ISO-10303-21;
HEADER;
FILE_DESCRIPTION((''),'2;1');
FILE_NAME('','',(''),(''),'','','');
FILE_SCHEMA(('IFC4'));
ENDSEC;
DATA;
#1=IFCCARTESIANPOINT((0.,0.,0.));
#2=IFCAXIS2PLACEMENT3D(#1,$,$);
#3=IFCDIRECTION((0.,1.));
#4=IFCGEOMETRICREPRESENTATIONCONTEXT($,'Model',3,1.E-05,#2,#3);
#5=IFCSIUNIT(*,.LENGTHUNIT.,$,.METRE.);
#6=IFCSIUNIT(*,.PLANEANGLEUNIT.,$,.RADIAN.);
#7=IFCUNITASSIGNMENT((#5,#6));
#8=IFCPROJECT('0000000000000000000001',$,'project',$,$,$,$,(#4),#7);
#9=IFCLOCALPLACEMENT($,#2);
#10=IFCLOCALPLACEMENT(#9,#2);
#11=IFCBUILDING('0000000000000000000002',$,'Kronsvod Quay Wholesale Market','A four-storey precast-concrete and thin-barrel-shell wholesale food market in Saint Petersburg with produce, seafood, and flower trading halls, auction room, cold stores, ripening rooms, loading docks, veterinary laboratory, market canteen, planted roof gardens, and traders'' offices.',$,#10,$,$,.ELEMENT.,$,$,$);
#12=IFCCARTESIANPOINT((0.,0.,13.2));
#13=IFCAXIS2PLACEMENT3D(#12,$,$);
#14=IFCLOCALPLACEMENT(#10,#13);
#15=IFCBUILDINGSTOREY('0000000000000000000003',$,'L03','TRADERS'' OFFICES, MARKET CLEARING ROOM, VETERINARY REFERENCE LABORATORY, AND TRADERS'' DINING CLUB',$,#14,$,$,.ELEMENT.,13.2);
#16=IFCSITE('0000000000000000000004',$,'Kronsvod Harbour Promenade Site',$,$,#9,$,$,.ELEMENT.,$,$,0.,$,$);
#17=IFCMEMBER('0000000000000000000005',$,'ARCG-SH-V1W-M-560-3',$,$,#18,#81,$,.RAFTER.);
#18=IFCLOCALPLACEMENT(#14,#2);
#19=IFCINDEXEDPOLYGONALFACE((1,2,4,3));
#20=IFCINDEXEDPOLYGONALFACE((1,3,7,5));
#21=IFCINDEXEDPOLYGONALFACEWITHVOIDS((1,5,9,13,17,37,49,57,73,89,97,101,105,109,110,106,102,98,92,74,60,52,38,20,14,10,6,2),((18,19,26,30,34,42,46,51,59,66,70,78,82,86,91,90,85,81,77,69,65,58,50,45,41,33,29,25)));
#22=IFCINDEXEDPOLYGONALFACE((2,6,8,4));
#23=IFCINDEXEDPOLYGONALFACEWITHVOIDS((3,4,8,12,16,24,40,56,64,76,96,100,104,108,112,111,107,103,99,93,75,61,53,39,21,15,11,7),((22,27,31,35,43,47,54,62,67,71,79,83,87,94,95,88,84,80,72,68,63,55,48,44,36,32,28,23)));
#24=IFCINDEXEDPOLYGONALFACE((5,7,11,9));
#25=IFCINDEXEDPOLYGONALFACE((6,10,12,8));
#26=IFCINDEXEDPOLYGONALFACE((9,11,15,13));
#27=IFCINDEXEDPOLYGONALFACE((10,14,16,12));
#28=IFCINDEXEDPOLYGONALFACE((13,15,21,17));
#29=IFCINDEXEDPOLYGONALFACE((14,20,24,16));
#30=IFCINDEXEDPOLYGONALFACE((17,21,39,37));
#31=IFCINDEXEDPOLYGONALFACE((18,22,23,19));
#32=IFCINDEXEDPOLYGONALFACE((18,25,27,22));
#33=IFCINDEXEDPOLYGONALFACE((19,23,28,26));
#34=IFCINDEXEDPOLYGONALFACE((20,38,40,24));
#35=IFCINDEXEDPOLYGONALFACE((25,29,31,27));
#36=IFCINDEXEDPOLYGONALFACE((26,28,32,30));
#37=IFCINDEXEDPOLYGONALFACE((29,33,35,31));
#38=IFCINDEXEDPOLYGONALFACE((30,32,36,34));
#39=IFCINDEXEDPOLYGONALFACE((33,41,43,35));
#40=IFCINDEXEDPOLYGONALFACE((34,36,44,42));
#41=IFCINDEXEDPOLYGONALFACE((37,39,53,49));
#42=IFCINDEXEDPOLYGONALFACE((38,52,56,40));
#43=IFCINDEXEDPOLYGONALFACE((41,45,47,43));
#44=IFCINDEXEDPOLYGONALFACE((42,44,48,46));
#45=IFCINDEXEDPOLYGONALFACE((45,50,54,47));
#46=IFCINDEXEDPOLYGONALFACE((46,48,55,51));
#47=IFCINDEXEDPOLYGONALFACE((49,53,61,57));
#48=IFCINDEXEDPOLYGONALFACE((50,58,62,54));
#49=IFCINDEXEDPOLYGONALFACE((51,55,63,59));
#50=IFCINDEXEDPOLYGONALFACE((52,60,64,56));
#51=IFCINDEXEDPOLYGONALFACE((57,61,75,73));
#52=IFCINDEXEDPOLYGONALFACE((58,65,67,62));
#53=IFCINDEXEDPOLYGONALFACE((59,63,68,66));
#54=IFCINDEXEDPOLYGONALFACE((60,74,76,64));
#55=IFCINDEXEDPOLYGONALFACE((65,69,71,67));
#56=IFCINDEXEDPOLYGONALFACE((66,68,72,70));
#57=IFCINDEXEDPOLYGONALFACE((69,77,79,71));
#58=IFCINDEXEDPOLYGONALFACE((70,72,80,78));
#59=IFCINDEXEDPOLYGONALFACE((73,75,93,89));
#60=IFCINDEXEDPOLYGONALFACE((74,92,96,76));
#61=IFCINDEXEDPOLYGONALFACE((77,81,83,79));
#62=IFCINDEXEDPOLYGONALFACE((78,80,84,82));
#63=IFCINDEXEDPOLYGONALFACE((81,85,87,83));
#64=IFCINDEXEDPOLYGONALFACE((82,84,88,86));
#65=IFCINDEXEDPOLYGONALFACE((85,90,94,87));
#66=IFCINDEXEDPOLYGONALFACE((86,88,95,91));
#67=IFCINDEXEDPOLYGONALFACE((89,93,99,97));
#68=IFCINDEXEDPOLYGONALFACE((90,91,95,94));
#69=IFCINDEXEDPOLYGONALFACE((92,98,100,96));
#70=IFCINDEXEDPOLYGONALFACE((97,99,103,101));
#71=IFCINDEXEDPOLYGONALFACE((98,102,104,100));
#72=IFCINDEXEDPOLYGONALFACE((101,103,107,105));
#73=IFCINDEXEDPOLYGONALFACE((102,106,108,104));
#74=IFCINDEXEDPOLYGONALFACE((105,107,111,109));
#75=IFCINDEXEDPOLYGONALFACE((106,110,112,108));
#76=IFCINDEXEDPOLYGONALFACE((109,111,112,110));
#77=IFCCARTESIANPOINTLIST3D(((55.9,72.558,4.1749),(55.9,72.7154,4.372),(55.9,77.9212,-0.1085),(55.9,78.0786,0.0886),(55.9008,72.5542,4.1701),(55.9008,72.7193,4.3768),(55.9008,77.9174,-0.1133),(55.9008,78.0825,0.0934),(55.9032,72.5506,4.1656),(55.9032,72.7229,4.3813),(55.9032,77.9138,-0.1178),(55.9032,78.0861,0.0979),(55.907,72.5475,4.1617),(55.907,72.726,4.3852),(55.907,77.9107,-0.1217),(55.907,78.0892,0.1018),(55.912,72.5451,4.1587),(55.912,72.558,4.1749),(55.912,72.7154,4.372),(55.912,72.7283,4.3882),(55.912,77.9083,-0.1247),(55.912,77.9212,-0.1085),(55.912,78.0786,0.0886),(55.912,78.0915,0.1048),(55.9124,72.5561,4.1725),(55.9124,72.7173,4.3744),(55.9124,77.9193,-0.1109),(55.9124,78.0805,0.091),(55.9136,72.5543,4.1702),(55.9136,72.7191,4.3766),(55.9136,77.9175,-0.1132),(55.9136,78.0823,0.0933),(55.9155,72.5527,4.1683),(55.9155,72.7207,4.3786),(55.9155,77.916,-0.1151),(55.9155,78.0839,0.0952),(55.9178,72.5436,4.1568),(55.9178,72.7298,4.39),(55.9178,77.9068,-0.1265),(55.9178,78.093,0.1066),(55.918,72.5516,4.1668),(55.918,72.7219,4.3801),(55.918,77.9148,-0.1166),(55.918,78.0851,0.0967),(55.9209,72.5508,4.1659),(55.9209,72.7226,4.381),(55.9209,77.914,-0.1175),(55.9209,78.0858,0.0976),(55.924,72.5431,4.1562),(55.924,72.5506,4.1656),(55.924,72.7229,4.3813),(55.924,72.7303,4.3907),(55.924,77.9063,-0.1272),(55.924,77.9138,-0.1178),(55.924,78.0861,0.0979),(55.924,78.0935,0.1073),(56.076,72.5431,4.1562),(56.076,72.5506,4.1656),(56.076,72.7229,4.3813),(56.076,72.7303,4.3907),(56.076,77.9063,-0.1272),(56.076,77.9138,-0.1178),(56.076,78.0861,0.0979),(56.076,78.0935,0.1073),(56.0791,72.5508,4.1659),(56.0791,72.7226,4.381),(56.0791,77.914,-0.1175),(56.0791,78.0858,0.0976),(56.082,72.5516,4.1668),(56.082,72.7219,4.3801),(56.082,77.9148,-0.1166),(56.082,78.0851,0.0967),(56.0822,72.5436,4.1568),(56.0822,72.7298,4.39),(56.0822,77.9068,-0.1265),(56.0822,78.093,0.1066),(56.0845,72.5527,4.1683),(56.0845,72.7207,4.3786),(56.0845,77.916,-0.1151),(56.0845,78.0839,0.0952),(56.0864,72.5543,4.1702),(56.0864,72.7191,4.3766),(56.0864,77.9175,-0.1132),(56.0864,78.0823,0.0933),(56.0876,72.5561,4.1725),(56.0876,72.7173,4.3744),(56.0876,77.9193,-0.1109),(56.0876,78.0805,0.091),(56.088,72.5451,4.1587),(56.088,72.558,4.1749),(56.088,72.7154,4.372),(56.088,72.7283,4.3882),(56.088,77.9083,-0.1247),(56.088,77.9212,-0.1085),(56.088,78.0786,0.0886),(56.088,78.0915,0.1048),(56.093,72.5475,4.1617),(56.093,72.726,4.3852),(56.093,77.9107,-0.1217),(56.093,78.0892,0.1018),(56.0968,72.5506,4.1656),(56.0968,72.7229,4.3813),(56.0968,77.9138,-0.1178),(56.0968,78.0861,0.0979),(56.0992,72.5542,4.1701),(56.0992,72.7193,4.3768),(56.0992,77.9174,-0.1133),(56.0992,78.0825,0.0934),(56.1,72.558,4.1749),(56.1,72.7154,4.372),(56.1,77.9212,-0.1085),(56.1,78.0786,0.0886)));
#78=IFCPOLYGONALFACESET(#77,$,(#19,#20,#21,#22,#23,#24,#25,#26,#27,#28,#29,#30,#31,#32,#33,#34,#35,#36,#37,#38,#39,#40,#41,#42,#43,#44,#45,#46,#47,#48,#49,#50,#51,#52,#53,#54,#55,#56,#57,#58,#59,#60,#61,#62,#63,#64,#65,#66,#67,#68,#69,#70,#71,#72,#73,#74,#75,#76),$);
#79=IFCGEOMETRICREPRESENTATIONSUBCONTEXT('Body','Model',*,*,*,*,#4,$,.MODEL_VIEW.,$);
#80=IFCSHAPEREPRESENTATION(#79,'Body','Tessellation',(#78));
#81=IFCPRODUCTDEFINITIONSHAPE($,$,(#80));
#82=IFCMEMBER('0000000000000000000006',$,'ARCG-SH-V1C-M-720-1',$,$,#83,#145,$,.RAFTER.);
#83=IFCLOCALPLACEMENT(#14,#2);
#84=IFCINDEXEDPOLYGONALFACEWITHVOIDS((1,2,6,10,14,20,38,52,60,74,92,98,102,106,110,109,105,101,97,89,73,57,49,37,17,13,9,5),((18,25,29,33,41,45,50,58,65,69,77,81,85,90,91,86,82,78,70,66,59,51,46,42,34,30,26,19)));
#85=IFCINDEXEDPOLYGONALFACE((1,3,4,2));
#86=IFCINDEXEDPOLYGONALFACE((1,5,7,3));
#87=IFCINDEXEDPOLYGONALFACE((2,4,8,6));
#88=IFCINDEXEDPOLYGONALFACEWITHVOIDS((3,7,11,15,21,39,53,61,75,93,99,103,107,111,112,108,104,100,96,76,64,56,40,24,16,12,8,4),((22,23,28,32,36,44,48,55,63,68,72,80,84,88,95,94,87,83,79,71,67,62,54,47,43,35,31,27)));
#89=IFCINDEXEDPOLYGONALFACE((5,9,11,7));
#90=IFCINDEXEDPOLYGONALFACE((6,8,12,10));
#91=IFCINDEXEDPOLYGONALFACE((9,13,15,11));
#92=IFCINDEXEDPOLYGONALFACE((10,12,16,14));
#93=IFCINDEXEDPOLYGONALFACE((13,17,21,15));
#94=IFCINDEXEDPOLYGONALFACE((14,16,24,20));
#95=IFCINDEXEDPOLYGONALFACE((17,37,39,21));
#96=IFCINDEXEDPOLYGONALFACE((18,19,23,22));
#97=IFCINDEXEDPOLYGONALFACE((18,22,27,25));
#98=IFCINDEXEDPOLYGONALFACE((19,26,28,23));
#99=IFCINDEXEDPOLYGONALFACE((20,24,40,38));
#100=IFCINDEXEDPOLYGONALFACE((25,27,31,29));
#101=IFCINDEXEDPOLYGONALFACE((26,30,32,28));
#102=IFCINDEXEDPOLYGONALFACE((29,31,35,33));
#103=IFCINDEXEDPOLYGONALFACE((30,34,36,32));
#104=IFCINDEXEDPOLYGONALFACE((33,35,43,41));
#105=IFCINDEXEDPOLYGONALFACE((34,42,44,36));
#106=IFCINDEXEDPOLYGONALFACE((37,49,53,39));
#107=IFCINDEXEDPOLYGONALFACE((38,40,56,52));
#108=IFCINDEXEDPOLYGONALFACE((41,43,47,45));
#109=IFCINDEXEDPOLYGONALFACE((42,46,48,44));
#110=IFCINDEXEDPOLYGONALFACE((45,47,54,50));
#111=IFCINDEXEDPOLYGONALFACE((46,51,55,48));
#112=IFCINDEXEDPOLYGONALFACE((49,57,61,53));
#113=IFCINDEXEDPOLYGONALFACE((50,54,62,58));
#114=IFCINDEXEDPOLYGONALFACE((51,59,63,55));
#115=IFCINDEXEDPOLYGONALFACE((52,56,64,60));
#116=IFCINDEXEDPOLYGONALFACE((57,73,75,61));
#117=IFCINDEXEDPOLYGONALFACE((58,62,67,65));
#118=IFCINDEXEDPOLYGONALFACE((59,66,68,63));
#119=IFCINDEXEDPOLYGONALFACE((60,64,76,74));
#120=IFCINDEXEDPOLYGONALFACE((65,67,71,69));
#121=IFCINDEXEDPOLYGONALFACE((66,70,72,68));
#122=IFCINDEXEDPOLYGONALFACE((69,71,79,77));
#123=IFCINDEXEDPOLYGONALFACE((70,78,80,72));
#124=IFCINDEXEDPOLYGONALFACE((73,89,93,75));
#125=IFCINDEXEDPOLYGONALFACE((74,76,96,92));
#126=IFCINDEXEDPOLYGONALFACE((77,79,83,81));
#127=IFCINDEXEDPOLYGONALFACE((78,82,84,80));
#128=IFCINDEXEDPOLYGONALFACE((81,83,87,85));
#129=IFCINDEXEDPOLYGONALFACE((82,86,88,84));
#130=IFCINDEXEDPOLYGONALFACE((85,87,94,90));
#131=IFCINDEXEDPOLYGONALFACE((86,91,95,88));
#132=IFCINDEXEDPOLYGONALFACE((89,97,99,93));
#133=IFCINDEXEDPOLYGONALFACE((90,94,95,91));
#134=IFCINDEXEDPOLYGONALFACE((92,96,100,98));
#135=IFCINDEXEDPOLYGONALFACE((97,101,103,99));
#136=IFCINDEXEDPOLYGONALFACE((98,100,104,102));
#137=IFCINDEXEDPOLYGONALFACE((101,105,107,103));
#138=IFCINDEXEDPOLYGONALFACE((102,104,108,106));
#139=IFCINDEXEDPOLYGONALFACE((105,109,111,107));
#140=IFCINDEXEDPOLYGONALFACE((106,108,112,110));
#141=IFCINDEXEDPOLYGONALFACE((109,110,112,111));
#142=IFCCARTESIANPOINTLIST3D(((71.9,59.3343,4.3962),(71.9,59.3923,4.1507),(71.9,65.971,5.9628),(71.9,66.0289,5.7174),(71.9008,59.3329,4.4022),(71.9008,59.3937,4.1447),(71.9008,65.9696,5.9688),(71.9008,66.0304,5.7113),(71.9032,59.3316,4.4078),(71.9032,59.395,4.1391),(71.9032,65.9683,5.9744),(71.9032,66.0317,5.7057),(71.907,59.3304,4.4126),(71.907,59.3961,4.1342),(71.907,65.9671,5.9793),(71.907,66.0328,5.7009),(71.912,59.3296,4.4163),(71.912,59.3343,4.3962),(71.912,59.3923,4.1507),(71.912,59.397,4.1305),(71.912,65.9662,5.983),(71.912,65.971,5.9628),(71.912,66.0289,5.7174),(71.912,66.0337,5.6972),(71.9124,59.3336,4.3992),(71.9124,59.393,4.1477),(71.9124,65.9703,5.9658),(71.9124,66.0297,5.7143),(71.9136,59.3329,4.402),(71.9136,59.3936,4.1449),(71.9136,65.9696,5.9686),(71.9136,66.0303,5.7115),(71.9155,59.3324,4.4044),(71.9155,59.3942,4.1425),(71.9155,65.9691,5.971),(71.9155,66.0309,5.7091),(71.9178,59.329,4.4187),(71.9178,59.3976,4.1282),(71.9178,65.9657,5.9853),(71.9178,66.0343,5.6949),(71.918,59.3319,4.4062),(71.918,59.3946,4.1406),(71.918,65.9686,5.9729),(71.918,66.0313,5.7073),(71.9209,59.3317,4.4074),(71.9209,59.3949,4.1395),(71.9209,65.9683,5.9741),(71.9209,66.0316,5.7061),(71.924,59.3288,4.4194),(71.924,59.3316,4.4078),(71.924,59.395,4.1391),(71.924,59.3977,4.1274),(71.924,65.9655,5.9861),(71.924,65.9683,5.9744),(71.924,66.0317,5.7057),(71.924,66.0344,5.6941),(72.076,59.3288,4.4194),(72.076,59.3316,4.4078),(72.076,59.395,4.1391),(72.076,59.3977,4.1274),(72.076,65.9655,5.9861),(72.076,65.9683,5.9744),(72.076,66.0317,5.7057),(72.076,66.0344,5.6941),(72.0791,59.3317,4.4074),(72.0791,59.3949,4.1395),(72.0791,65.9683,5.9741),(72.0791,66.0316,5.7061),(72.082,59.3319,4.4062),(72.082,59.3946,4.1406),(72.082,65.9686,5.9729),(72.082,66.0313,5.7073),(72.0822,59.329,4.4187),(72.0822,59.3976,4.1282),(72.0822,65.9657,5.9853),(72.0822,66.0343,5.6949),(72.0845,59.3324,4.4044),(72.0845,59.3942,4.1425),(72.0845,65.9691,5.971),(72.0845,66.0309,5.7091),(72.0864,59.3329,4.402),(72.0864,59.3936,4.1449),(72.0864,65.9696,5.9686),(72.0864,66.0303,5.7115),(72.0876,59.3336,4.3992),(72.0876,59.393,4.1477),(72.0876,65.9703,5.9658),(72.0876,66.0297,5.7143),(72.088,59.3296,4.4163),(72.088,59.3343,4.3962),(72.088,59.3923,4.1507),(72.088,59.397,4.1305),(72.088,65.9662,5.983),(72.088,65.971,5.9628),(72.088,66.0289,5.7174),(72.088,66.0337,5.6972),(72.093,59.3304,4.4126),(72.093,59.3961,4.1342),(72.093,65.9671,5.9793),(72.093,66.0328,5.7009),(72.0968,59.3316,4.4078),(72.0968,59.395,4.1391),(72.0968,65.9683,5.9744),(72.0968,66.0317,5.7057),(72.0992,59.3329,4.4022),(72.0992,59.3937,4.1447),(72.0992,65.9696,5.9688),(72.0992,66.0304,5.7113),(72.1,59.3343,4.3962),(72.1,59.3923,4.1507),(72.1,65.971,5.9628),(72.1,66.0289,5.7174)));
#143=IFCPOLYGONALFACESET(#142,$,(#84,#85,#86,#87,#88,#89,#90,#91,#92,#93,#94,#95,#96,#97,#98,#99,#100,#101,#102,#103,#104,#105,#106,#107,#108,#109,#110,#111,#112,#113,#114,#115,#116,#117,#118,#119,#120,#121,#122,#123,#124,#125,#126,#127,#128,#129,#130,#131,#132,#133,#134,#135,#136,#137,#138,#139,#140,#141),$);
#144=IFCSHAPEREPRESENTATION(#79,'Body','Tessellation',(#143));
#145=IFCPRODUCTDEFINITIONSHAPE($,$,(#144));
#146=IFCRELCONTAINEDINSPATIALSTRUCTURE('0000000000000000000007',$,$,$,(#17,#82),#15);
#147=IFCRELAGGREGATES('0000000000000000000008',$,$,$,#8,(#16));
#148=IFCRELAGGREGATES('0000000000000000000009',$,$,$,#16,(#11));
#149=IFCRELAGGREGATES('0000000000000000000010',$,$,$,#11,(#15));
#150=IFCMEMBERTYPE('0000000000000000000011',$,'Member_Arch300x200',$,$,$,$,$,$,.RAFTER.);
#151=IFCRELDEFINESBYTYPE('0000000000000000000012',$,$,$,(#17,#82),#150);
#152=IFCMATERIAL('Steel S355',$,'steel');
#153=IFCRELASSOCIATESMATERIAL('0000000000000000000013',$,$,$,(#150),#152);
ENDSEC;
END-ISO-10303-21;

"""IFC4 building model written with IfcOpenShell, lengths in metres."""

from ifc_helpers import new_model, si_unit, direction, frame, origin, origin_2d, place, context, subcontext, project, spatial, hollow_rectangle, extrude, material, material_profile, profile_set, type_object, element, save


model = new_model("IFC4")

# Units and contexts
model_context = context("Model", 3, precision=1e-05, world=origin(), true_north=direction((0.0, 1.0)))
body_context = subcontext(model_context, "Body", "Model", "MODEL_VIEW")
ifc_project = project(units=[si_unit("LENGTHUNIT", "METRE"), si_unit("PLANEANGLEUNIT", "RADIAN")], contexts=[model_context])

# Site, building, storey
site_placement = place(None, origin())
site = spatial("IfcSite", under=ifc_project, at=site_placement, Name="Kronsvod Harbour Promenade Site", CompositionType="ELEMENT", RefElevation=0.0)
building_placement = place(site_placement, origin())
building = spatial("IfcBuilding", under=site, at=building_placement, Name="Kronsvod Quay Wholesale Market", Description="A four-storey precast-concrete and thin-barrel-shell wholesale food market in Saint Petersburg with produce, seafood, and flower trading halls, auction room, cold stores, ripening rooms, loading docks, veterinary laboratory, market canteen, planted roof gardens, and traders' offices.", CompositionType="ELEMENT")
storey_placement = place(building_placement, frame((0.0, 0.0, 13.2)))
storey = spatial("IfcBuildingStorey", under=building, at=storey_placement, Name="L03", Description="TRADERS' OFFICES, MARKET CLEARING ROOM, VETERINARY REFERENCE LABORATORY, AND TRADERS' DINING CLUB", CompositionType="ELEMENT", Elevation=13.2)

# Members
ifc_material_1 = material(Name="Steel S355", Category="steel")
ifc_material_profile_1 = material_profile(ifc_material_1, hollow_rectangle(XDim=0.2, YDim=0.3, WallThickness=0.012, InnerFilletRadius=0.012, OuterFilletRadius=0.0239, at=origin_2d()), Name="RHS300x200x12")
ifc_profile_set_1 = profile_set([ifc_material_profile_1], Name="Steel S355")
member_type_1 = type_object("IfcMemberType", Name="Member_Arch300x200", PredefinedType="RAFTER", material=ifc_profile_set_1)
member_1_placement = place(storey_placement, frame((56.0, 72.6367, 4.2734), z_axis=(0.0, 0.781379, -0.624057), x_axis=(-1.0, 0.0, 0.0)))
element("IfcMember", 1, at=member_1_placement, inside=storey, type_object=member_type_1, Name="ARCG-SH-V1W-M-560-3", PredefinedType="RAFTER", context=body_context, shape_type="SweptSolid", body=[
    extrude(hollow_rectangle(XDim=0.2, YDim=0.3, WallThickness=0.012, InnerFilletRadius=0.012, OuterFilletRadius=0.0239, at=origin_2d()), origin(), (0.0, 0.0, 1.0), 6.8638),
])
for number, where, z_axis, x_axis, name in (
    (2, (72.0, 59.3633, 4.2734), (0.0, 0.973251, 0.229744), (-1.0, 0.0, 0.0), "ARCG-SH-V1C-M-720-1"),
):
    element("IfcMember", number, at=place(storey_placement, frame(where, z_axis=z_axis, x_axis=x_axis)), inside=storey, type_object=member_type_1, Name=name, PredefinedType="RAFTER", context=body_context, shape_type="SweptSolid", body=[
        extrude(hollow_rectangle(XDim=0.2, YDim=0.3, WallThickness=0.012, InnerFilletRadius=0.012, OuterFilletRadius=0.0239, at=origin_2d()), origin(), (0.0, 0.0, 1.0), 6.8191),
    ])

save(model, "model.ifc")
